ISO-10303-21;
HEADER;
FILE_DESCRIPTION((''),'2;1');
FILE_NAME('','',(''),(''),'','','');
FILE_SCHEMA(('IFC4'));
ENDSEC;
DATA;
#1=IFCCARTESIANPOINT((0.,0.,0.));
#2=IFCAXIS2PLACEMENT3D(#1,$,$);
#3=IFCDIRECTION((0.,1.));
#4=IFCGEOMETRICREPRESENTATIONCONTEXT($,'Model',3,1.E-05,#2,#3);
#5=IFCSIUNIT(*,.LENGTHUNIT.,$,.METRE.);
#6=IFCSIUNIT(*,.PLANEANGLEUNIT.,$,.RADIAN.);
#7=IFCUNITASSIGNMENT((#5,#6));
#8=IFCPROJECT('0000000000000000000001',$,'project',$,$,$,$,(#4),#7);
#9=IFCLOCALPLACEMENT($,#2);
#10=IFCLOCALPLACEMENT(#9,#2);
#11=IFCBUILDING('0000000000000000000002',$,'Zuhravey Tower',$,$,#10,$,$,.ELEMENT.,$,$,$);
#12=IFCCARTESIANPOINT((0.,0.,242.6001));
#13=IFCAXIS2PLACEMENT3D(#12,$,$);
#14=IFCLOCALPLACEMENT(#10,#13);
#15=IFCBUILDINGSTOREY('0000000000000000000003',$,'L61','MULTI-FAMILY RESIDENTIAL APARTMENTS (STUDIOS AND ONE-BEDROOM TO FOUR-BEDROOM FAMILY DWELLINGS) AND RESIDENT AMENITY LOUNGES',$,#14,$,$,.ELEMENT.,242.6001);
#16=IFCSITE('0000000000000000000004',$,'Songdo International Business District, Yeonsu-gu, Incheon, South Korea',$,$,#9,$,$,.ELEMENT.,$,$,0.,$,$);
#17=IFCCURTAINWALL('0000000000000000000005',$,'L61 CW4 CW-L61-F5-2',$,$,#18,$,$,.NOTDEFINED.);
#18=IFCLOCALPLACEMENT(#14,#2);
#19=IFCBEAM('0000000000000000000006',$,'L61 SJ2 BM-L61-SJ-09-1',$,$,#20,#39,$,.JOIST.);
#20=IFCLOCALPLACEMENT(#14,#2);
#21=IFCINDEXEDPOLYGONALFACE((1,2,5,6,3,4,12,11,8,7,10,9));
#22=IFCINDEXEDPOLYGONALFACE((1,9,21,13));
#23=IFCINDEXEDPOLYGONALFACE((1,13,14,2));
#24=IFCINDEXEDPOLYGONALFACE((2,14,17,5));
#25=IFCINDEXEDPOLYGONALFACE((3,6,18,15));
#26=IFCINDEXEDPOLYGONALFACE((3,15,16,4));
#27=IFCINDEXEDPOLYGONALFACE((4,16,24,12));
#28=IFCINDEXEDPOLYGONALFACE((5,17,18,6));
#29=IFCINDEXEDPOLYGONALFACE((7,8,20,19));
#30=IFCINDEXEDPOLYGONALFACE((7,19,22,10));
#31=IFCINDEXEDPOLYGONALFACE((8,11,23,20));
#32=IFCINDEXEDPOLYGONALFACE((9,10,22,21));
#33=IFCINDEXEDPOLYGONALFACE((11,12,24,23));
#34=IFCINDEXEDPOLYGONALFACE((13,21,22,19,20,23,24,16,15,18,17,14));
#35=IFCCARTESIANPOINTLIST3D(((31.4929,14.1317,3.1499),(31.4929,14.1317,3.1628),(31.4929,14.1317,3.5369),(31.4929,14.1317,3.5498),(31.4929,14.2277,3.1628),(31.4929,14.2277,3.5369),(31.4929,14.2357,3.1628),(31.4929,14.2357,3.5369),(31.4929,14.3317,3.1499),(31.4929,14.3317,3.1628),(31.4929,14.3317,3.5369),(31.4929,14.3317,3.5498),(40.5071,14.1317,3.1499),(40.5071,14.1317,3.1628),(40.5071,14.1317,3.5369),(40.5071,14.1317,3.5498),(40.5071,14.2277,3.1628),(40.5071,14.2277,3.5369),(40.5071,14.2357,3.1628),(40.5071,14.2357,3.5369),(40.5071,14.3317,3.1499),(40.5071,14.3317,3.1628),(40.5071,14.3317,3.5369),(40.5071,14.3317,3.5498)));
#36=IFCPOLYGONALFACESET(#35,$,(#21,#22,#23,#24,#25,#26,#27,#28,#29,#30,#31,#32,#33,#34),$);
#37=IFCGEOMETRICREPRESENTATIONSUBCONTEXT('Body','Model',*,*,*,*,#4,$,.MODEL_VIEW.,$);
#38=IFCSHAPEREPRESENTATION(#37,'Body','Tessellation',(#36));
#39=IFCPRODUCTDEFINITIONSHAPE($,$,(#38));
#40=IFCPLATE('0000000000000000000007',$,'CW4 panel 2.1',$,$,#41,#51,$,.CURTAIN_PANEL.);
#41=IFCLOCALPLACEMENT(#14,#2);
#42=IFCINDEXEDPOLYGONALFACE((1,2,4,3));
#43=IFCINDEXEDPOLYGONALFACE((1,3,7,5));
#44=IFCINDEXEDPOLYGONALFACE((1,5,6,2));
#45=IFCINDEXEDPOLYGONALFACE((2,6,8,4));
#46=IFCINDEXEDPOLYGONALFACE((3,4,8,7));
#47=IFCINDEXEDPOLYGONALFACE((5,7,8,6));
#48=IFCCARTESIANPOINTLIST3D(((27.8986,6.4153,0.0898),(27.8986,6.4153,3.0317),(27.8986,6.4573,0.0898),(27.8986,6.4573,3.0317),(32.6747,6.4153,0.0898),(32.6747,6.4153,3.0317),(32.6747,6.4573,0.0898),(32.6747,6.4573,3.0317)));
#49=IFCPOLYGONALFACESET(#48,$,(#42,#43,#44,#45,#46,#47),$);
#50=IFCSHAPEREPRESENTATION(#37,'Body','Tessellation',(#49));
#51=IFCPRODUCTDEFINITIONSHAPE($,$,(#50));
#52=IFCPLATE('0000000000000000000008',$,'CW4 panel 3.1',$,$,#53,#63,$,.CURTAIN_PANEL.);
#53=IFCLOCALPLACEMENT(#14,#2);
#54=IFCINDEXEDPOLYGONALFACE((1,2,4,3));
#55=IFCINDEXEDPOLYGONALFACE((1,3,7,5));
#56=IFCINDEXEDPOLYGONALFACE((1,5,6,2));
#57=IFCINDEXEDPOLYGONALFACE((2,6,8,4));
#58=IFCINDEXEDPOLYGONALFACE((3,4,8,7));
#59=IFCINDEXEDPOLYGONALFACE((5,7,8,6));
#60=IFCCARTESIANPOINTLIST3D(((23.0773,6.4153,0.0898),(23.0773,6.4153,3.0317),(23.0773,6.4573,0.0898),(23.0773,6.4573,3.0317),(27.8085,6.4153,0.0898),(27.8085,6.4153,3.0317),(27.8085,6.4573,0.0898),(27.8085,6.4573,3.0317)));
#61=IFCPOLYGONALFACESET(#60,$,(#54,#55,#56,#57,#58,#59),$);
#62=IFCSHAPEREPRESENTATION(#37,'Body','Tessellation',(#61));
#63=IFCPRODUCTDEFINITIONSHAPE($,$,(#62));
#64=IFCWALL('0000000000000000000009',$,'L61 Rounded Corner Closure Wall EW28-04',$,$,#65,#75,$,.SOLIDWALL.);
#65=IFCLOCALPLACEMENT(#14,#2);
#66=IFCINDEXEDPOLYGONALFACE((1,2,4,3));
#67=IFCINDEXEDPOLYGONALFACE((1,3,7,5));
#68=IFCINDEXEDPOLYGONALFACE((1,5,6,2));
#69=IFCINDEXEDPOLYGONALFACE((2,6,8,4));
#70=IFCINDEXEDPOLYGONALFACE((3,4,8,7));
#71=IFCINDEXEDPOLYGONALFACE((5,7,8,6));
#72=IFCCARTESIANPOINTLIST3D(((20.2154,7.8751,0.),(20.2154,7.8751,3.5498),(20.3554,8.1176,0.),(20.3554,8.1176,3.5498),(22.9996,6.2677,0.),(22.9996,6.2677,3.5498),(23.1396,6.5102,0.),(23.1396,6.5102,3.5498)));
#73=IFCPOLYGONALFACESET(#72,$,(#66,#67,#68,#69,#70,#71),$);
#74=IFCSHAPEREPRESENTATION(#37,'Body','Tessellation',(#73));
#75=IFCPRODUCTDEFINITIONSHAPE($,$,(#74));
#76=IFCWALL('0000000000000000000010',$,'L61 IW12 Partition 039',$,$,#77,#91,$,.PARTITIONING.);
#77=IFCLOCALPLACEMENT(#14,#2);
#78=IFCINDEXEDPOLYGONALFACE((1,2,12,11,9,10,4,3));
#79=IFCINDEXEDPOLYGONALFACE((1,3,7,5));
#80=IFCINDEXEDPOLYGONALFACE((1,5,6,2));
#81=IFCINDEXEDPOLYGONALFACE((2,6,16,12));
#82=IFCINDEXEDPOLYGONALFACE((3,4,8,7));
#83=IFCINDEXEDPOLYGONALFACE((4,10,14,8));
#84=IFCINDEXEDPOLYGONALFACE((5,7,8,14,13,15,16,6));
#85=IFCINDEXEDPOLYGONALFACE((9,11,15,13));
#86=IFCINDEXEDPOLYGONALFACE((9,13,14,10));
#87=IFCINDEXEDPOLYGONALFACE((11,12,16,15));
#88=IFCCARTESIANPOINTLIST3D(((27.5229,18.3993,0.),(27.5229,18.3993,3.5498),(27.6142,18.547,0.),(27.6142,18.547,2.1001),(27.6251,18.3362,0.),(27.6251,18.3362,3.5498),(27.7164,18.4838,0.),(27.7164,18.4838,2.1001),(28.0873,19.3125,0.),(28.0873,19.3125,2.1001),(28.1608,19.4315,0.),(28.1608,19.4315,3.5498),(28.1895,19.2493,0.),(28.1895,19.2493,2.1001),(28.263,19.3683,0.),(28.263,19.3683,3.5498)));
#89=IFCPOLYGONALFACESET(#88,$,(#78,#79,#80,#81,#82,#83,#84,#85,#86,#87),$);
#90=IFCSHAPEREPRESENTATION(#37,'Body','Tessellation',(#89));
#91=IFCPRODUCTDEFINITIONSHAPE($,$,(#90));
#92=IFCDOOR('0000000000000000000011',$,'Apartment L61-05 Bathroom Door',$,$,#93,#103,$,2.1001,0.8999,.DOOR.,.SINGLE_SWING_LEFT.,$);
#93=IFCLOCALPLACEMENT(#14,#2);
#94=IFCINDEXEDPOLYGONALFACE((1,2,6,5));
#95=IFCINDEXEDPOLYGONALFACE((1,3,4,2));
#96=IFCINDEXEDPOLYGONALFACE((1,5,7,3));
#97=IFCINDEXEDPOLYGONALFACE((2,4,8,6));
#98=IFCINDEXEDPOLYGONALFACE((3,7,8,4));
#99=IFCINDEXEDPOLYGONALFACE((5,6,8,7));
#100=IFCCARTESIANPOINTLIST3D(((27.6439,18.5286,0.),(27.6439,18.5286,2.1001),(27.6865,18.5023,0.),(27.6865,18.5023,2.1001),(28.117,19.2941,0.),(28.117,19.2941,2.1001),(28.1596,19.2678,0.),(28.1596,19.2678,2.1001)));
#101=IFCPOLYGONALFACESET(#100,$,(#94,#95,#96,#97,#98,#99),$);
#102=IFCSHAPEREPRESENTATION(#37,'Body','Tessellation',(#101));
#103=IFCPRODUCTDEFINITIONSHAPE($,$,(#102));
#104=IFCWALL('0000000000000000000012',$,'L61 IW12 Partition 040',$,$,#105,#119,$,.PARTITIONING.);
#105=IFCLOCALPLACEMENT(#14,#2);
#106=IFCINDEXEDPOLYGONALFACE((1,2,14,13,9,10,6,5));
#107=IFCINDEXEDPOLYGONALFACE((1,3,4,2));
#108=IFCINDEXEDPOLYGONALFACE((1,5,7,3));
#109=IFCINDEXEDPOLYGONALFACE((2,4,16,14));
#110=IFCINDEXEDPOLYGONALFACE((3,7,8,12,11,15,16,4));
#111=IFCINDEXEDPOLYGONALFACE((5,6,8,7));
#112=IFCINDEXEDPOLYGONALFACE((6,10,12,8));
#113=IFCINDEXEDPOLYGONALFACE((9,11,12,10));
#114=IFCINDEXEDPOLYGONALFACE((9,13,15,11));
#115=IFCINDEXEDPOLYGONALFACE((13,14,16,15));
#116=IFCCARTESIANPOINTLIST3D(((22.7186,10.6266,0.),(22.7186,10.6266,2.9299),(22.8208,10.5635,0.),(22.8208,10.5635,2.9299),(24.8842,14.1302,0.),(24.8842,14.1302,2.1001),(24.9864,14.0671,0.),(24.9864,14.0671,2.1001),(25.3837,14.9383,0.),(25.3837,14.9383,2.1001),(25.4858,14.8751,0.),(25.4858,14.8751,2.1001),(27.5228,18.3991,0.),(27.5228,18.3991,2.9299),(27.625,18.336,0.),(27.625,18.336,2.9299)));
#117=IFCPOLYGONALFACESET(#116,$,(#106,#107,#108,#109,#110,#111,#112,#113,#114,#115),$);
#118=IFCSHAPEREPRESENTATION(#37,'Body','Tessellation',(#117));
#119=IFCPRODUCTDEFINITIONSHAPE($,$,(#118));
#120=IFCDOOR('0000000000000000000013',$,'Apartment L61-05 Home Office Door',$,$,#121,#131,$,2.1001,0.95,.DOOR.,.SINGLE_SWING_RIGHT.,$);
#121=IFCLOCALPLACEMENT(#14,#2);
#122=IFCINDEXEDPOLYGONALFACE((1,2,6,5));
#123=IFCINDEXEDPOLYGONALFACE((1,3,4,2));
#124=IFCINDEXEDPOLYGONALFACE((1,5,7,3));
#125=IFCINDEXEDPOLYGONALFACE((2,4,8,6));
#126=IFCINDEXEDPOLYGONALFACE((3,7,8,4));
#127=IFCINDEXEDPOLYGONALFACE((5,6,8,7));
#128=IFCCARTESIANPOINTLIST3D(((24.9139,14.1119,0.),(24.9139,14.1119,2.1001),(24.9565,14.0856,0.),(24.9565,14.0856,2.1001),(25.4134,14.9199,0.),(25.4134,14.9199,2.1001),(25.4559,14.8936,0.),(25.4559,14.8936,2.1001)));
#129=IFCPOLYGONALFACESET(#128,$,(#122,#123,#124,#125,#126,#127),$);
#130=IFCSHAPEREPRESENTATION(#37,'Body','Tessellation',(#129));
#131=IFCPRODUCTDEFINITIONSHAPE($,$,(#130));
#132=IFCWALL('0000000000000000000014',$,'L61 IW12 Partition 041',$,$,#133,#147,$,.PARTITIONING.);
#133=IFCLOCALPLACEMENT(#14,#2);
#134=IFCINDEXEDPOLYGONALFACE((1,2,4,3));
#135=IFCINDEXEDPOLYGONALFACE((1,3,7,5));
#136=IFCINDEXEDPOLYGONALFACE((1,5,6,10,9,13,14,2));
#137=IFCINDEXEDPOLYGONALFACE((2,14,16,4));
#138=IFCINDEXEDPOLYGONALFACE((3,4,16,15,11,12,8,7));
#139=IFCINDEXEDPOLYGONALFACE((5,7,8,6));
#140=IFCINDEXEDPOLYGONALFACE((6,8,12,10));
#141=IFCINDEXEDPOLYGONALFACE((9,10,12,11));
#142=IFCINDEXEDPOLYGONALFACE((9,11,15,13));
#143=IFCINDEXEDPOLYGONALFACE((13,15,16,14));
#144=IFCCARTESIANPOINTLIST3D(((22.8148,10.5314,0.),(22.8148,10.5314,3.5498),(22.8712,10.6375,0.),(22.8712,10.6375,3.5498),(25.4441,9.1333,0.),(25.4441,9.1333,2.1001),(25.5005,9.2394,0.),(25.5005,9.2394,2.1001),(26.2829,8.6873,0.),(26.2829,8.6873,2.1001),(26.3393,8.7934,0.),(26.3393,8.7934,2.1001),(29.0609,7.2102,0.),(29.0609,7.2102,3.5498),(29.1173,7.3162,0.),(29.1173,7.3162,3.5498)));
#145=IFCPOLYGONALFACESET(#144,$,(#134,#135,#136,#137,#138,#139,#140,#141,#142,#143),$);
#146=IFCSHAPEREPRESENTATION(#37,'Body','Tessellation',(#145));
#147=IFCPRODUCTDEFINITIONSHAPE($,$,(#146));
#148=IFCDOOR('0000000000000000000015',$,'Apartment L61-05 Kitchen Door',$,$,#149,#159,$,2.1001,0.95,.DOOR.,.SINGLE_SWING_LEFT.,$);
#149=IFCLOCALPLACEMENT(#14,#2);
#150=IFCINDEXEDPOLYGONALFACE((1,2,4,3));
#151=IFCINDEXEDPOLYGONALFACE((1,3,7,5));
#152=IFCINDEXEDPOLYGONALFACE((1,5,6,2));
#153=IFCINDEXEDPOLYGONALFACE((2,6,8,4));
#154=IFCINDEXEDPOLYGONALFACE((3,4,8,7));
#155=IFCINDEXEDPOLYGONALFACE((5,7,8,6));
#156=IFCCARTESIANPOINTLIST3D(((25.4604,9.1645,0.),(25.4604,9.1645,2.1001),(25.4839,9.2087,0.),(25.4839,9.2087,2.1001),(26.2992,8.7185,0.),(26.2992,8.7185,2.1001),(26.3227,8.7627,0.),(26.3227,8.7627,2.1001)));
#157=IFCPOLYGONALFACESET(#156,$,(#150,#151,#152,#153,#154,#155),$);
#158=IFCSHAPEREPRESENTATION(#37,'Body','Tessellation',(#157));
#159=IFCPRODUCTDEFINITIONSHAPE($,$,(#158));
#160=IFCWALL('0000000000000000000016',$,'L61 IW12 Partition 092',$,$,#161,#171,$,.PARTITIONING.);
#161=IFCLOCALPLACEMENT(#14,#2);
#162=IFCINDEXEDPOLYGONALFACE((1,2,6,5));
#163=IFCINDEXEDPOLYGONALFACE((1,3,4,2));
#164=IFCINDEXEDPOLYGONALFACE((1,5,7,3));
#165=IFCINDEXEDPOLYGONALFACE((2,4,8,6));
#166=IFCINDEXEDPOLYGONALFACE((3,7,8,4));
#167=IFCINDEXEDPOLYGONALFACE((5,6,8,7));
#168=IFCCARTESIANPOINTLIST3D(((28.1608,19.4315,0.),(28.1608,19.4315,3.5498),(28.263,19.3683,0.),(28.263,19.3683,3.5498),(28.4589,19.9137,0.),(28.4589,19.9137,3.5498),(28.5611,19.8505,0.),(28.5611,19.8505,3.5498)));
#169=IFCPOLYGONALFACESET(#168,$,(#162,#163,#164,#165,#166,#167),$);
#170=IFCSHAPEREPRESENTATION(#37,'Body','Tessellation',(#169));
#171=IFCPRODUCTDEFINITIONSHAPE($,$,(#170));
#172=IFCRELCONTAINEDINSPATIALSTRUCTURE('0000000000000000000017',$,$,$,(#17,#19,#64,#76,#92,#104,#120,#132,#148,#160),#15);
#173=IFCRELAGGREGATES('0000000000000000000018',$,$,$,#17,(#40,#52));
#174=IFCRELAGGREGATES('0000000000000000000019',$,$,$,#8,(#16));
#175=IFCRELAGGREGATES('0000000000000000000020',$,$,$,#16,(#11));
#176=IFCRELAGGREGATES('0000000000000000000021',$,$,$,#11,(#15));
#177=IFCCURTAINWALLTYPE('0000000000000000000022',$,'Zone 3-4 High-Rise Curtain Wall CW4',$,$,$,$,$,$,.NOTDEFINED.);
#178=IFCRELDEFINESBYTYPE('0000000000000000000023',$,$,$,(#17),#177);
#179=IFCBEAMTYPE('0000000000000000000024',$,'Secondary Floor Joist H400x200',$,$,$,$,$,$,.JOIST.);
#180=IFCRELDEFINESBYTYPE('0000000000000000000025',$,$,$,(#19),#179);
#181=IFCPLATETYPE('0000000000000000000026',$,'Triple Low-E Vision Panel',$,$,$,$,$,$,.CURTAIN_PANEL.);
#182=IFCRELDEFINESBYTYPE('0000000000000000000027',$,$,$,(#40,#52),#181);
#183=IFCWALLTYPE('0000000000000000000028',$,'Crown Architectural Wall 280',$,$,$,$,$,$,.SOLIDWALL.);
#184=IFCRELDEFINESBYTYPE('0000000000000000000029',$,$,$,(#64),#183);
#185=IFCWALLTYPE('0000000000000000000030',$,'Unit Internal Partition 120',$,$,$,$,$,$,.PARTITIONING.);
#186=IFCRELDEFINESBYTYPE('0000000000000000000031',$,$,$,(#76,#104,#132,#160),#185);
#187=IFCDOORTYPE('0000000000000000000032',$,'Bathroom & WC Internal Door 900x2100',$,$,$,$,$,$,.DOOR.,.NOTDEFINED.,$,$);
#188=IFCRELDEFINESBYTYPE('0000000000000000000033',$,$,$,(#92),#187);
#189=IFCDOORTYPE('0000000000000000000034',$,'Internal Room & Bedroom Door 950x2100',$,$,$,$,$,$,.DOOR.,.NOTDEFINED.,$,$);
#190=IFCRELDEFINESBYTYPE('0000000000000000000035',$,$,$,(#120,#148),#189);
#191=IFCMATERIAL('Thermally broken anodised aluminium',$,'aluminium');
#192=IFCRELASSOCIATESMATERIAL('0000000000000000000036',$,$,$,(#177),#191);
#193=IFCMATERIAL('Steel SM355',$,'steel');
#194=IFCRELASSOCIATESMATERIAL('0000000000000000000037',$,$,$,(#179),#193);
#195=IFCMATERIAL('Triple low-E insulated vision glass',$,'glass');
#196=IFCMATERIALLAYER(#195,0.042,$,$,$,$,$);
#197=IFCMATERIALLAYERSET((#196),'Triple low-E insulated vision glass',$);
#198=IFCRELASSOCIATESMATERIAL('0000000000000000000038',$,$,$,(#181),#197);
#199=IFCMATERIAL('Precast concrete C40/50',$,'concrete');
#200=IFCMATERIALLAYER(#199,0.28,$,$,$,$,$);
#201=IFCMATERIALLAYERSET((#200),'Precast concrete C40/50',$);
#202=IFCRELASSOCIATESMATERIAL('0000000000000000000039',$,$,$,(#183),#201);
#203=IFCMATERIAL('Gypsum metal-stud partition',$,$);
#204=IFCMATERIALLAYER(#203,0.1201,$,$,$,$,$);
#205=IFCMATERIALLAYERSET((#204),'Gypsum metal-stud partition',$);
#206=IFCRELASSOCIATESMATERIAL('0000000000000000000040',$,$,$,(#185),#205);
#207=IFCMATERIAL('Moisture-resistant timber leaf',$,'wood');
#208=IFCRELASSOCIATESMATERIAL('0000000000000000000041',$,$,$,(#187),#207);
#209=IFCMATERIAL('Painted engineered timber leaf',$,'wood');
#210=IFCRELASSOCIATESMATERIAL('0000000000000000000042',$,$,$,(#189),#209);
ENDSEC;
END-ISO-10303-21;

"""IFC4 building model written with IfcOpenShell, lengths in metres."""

from ifc_helpers import new_model, si_unit, direction, frame, frame_2d, origin, origin_2d, place, context, subcontext, project, spatial, rectangle, i_section, extrude, material, layer, layer_set, material_profile, profile_set, type_object, element, fill, aggregate, save


model = new_model("IFC4")

# Units and contexts
model_context = context("Model", 3, precision=1e-05, world=origin(), true_north=direction((0.0, 1.0)))
body_context = subcontext(model_context, "Body", "Model", "MODEL_VIEW")
ifc_project = project(units=[si_unit("LENGTHUNIT", "METRE"), si_unit("PLANEANGLEUNIT", "RADIAN")], contexts=[model_context])

# Site, building, storey
site_placement = place(None, origin())
site = spatial("IfcSite", under=ifc_project, at=site_placement, Name="Songdo International Business District, Yeonsu-gu, Incheon, South Korea", CompositionType="ELEMENT", RefElevation=0.0)
building_placement = place(site_placement, origin())
building = spatial("IfcBuilding", under=site, at=building_placement, Name="Zuhravey Tower", CompositionType="ELEMENT")
storey_placement = place(building_placement, frame((0.0, 0.0, 242.6001)))
storey = spatial("IfcBuildingStorey", under=building, at=storey_placement, Name="L61", Description="MULTI-FAMILY RESIDENTIAL APARTMENTS (STUDIOS AND ONE-BEDROOM TO FOUR-BEDROOM FAMILY DWELLINGS) AND RESIDENT AMENITY LOUNGES", CompositionType="ELEMENT", Elevation=242.6001)

# Curtain wall
ifc_material_1 = material(Name="Thermally broken anodised aluminium", Category="aluminium")
curtain_wall_type = type_object("IfcCurtainWallType", Name="Zone 3-4 High-Rise Curtain Wall CW4", PredefinedType="NOTDEFINED", material=ifc_material_1)
curtain_wall_placement = place(storey_placement, origin())
curtain_wall = element("IfcCurtainWall", 1, at=curtain_wall_placement, inside=storey, type_object=curtain_wall_type, Name="L61 CW4 CW-L61-F5-2", PredefinedType="NOTDEFINED")

# Beam
ifc_material_2 = material(Name="Steel SM355", Category="steel")
ifc_material_profile_1 = material_profile(ifc_material_2, i_section(OverallWidth=0.2, OverallDepth=0.3999, WebThickness=0.0081, FlangeThickness=0.0129, at=origin_2d()), Name="H-400x200x8x13")
ifc_profile_set_1 = profile_set([ifc_material_profile_1], Name="Steel SM355")
beam_type_1 = type_object("IfcBeamType", Name="Secondary Floor Joist H400x200", PredefinedType="JOIST", material=ifc_profile_set_1)
beam_1_placement = place(storey_placement, frame((31.4929, 14.2317, 3.3499), z_axis=(1.0, 0.0, 0.0), x_axis=(0.0, 1.0, 0.0)))
element("IfcBeam", 2, at=beam_1_placement, inside=storey, type_object=beam_type_1, Name="L61 SJ2 BM-L61-SJ-09-1", PredefinedType="JOIST", context=body_context, shape_type="SweptSolid", body=[
    extrude(i_section(OverallWidth=0.2, OverallDepth=0.3999, WebThickness=0.0081, FlangeThickness=0.0129, at=origin_2d()), origin(), (0.0, 0.0, 1.0), 9.0142),
])

# Plates
ifc_material_3 = material(Name="Triple low-E insulated vision glass", Category="glass")
ifc_layer_1 = layer(ifc_material_3, 0.042)
ifc_layer_set_1 = layer_set([ifc_layer_1], Name="Triple low-E insulated vision glass")
plate_type = type_object("IfcPlateType", Name="Triple Low-E Vision Panel", PredefinedType="CURTAIN_PANEL", material=ifc_layer_set_1)
plate_1_placement = place(storey_placement, frame((30.2866, 6.4363, 0.0898), z_axis=(0.0, 0.0, 1.0), x_axis=(-1.0, 0.0, 0.0)))
plate_1 = element("IfcPlate", 3, at=plate_1_placement, type_object=plate_type, Name="CW4 panel 2.1", PredefinedType="CURTAIN_PANEL", context=body_context, shape_type="SweptSolid", body=[
    extrude(rectangle(XDim=4.7761, YDim=0.042, at=origin_2d()), origin(), (0.0, 0.0, 1.0), 2.9419),
])
plate_2_placement = place(storey_placement, frame((25.4429, 6.4363, 0.0898), z_axis=(0.0, 0.0, 1.0), x_axis=(-1.0, 0.0, 0.0)))
plate_2 = element("IfcPlate", 4, at=plate_2_placement, type_object=plate_type, Name="CW4 panel 3.1", PredefinedType="CURTAIN_PANEL", context=body_context, shape_type="SweptSolid", body=[
    extrude(rectangle(XDim=4.7312, YDim=0.042, at=origin_2d()), origin(), (0.0, 0.0, 1.0), 2.9419),
])
aggregate(curtain_wall, [plate_1, plate_2])

# Wall
ifc_material_4 = material(Name="Precast concrete C40/50", Category="concrete")
ifc_layer_2 = layer(ifc_material_4, 0.28)
ifc_layer_set_2 = layer_set([ifc_layer_2], Name="Precast concrete C40/50")
wall_type_1 = type_object("IfcWallType", Name="Crown Architectural Wall 280", PredefinedType="SOLIDWALL", material=ifc_layer_set_2)
wall_1_placement = place(storey_placement, frame((23.0696, 6.3889, 0.0), z_axis=(0.0, 0.0, 1.0), x_axis=(-0.866029, 0.499994, 0.0)))
element("IfcWall", 5, at=wall_1_placement, inside=storey, type_object=wall_type_1, Name="L61 Rounded Corner Closure Wall EW28-04", PredefinedType="SOLIDWALL", context=body_context, shape_type="SweptSolid", body=[
    extrude(rectangle(XDim=3.2148, YDim=0.28, at=frame_2d((1.6074, 0.0))), origin(), (0.0, 0.0, 1.0), 3.5498),
])

# Walls, openings, doors
ifc_material_5 = material(Name="Gypsum metal-stud partition")
ifc_layer_3 = layer(ifc_material_5, 0.1201)
ifc_layer_set_3 = layer_set([ifc_layer_3], Name="Gypsum metal-stud partition")
wall_type_2 = type_object("IfcWallType", Name="Unit Internal Partition 120", PredefinedType="PARTITIONING", material=ifc_layer_set_3)
wall_2_placement = place(storey_placement, frame((28.2119, 19.3999, 0.0), z_axis=(0.0, 0.0, 1.0), x_axis=(-0.525724, -0.850655, 0.0)))
wall_2 = element("IfcWall", 6, at=wall_2_placement, inside=storey, type_object=wall_type_2, Name="L61 IW12 Partition 039", PredefinedType="PARTITIONING", context=body_context, shape_type="SweptSolid", body=[
    extrude(rectangle(XDim=1.2134, YDim=0.1201, at=frame_2d((0.6067, 0.0))), origin(), (0.0, 0.0, 1.0), 3.5498),
])
opening_1_placement = place(wall_2_placement, frame((0.1399, 0.0, 0.0)))
opening_1 = element("IfcOpeningElement", 7, at=opening_1_placement, cuts=wall_2, PredefinedType="OPENING", context=body_context, shape_type="SweptSolid", body=[
    extrude(rectangle(XDim=0.8999, YDim=2.1001, at=frame_2d((0.45, 1.05))), frame((0.0, 0.072, 0.0), z_axis=(0.0, -1.0, 0.0), x_axis=(1.0, 0.0, 0.0)), (0.0, 0.0, 1.0), 0.144),
])
ifc_material_6 = material(Name="Moisture-resistant timber leaf", Category="wood")
door_type_1 = type_object("IfcDoorType", Name="Bathroom & WC Internal Door 900x2100", OperationType="NOTDEFINED", PredefinedType="DOOR", material=ifc_material_6)
door_1_placement = place(opening_1_placement, origin())
door_1 = element("IfcDoor", 8, at=door_1_placement, inside=storey, type_object=door_type_1, Name="Apartment L61-05 Bathroom Door", OperationType="SINGLE_SWING_LEFT", OverallHeight=2.1001, OverallWidth=0.8999, PredefinedType="DOOR", context=body_context, shape_type="SweptSolid", body=[
    extrude(rectangle(XDim=0.8999, YDim=2.1001, at=frame_2d((0.45, 1.05))), frame((0.0, 0.0249, 0.0), z_axis=(0.0, -1.0, 0.0), x_axis=(1.0, 0.0, 0.0)), (0.0, 0.0, 1.0), 0.05),
])
fill(opening_1, door_1)
wall_3_placement = place(storey_placement, frame((27.574, 18.3677, 0.0), z_axis=(0.0, 0.0, 1.0), x_axis=(-0.525775, -0.850624, 0.0)))
wall_3 = element("IfcWall", 9, at=wall_3_placement, inside=storey, type_object=wall_type_2, Name="L61 IW12 Partition 040", PredefinedType="PARTITIONING", context=body_context, shape_type="SweptSolid", body=[
    extrude(rectangle(XDim=9.1375, YDim=0.1201, at=frame_2d((4.5688, 0.0))), origin(), (0.0, 0.0, 1.0), 2.9299),
])
opening_2_placement = place(wall_3_placement, frame((4.0686, 0.0, 0.0)))
opening_2 = element("IfcOpeningElement", 10, at=opening_2_placement, cuts=wall_3, PredefinedType="OPENING", context=body_context, shape_type="SweptSolid", body=[
    extrude(rectangle(XDim=0.95, YDim=2.1001, at=frame_2d((0.4751, 1.05))), frame((0.0, 0.072, 0.0), z_axis=(0.0, -1.0, 0.0), x_axis=(1.0, 0.0, 0.0)), (0.0, 0.0, 1.0), 0.144),
])
ifc_material_7 = material(Name="Painted engineered timber leaf", Category="wood")
door_type_2 = type_object("IfcDoorType", Name="Internal Room & Bedroom Door 950x2100", OperationType="NOTDEFINED", PredefinedType="DOOR", material=ifc_material_7)
door_2_placement = place(opening_2_placement, origin())
door_2 = element("IfcDoor", 11, at=door_2_placement, inside=storey, type_object=door_type_2, Name="Apartment L61-05 Home Office Door", OperationType="SINGLE_SWING_RIGHT", OverallHeight=2.1001, OverallWidth=0.95, PredefinedType="DOOR", context=body_context, shape_type="SweptSolid", body=[
    extrude(rectangle(XDim=0.95, YDim=2.1001, at=frame_2d((0.4751, 1.05))), frame((0.0, 0.0249, 0.0), z_axis=(0.0, -1.0, 0.0), x_axis=(1.0, 0.0, 0.0)), (0.0, 0.0, 1.0), 0.05),
])
fill(opening_2, door_2)
wall_4_placement = place(storey_placement, frame((22.843, 10.5845, 0.0), z_axis=(0.0, 0.0, 1.0), x_axis=(0.882937, -0.469492, 0.0)))
wall_4 = element("IfcWall", 12, at=wall_4_placement, inside=storey, type_object=wall_type_2, Name="L61 IW12 Partition 041", PredefinedType="PARTITIONING", context=body_context, shape_type="SweptSolid", body=[
    extrude(rectangle(XDim=7.0742, YDim=0.1201, at=frame_2d((3.5371, 0.0))), origin(), (0.0, 0.0, 1.0), 3.5498),
])
opening_3_placement = place(wall_4_placement, frame((2.9778, 0.0, 0.0)))
opening_3 = element("IfcOpeningElement", 13, at=opening_3_placement, cuts=wall_4, PredefinedType="OPENING", context=body_context, shape_type="SweptSolid", body=[
    extrude(rectangle(XDim=0.95, YDim=2.1001, at=frame_2d((0.4751, 1.05))), frame((0.0, 0.072, 0.0), z_axis=(0.0, -1.0, 0.0), x_axis=(1.0, 0.0, 0.0)), (0.0, 0.0, 1.0), 0.144),
])
door_3_placement = place(opening_3_placement, frame((0.95, 0.0, 0.0), z_axis=(0.0, 0.0, 1.0), x_axis=(-1.0, 0.0, 0.0)))
door_3 = element("IfcDoor", 14, at=door_3_placement, inside=storey, type_object=door_type_2, Name="Apartment L61-05 Kitchen Door", OperationType="SINGLE_SWING_LEFT", OverallHeight=2.1001, OverallWidth=0.95, PredefinedType="DOOR", context=body_context, shape_type="SweptSolid", body=[
    extrude(rectangle(XDim=0.95, YDim=2.1001, at=frame_2d((0.4751, 1.05))), frame((0.0, 0.0249, 0.0), z_axis=(0.0, -1.0, 0.0), x_axis=(1.0, 0.0, 0.0)), (0.0, 0.0, 1.0), 0.05),
])
fill(opening_3, door_3)

# Wall
wall_5_placement = place(storey_placement, frame((28.51, 19.8821, 0.0), z_axis=(0.0, 0.0, 1.0), x_axis=(-0.52585, -0.850577, 0.0)))
element("IfcWall", 15, at=wall_5_placement, inside=storey, type_object=wall_type_2, Name="L61 IW12 Partition 092", PredefinedType="PARTITIONING", context=body_context, shape_type="SweptSolid", body=[
    extrude(rectangle(XDim=0.5669, YDim=0.1201, at=frame_2d((0.2834, 0.0))), origin(), (0.0, 0.0, 1.0), 3.5498),
])

save(model, "model.ifc")
